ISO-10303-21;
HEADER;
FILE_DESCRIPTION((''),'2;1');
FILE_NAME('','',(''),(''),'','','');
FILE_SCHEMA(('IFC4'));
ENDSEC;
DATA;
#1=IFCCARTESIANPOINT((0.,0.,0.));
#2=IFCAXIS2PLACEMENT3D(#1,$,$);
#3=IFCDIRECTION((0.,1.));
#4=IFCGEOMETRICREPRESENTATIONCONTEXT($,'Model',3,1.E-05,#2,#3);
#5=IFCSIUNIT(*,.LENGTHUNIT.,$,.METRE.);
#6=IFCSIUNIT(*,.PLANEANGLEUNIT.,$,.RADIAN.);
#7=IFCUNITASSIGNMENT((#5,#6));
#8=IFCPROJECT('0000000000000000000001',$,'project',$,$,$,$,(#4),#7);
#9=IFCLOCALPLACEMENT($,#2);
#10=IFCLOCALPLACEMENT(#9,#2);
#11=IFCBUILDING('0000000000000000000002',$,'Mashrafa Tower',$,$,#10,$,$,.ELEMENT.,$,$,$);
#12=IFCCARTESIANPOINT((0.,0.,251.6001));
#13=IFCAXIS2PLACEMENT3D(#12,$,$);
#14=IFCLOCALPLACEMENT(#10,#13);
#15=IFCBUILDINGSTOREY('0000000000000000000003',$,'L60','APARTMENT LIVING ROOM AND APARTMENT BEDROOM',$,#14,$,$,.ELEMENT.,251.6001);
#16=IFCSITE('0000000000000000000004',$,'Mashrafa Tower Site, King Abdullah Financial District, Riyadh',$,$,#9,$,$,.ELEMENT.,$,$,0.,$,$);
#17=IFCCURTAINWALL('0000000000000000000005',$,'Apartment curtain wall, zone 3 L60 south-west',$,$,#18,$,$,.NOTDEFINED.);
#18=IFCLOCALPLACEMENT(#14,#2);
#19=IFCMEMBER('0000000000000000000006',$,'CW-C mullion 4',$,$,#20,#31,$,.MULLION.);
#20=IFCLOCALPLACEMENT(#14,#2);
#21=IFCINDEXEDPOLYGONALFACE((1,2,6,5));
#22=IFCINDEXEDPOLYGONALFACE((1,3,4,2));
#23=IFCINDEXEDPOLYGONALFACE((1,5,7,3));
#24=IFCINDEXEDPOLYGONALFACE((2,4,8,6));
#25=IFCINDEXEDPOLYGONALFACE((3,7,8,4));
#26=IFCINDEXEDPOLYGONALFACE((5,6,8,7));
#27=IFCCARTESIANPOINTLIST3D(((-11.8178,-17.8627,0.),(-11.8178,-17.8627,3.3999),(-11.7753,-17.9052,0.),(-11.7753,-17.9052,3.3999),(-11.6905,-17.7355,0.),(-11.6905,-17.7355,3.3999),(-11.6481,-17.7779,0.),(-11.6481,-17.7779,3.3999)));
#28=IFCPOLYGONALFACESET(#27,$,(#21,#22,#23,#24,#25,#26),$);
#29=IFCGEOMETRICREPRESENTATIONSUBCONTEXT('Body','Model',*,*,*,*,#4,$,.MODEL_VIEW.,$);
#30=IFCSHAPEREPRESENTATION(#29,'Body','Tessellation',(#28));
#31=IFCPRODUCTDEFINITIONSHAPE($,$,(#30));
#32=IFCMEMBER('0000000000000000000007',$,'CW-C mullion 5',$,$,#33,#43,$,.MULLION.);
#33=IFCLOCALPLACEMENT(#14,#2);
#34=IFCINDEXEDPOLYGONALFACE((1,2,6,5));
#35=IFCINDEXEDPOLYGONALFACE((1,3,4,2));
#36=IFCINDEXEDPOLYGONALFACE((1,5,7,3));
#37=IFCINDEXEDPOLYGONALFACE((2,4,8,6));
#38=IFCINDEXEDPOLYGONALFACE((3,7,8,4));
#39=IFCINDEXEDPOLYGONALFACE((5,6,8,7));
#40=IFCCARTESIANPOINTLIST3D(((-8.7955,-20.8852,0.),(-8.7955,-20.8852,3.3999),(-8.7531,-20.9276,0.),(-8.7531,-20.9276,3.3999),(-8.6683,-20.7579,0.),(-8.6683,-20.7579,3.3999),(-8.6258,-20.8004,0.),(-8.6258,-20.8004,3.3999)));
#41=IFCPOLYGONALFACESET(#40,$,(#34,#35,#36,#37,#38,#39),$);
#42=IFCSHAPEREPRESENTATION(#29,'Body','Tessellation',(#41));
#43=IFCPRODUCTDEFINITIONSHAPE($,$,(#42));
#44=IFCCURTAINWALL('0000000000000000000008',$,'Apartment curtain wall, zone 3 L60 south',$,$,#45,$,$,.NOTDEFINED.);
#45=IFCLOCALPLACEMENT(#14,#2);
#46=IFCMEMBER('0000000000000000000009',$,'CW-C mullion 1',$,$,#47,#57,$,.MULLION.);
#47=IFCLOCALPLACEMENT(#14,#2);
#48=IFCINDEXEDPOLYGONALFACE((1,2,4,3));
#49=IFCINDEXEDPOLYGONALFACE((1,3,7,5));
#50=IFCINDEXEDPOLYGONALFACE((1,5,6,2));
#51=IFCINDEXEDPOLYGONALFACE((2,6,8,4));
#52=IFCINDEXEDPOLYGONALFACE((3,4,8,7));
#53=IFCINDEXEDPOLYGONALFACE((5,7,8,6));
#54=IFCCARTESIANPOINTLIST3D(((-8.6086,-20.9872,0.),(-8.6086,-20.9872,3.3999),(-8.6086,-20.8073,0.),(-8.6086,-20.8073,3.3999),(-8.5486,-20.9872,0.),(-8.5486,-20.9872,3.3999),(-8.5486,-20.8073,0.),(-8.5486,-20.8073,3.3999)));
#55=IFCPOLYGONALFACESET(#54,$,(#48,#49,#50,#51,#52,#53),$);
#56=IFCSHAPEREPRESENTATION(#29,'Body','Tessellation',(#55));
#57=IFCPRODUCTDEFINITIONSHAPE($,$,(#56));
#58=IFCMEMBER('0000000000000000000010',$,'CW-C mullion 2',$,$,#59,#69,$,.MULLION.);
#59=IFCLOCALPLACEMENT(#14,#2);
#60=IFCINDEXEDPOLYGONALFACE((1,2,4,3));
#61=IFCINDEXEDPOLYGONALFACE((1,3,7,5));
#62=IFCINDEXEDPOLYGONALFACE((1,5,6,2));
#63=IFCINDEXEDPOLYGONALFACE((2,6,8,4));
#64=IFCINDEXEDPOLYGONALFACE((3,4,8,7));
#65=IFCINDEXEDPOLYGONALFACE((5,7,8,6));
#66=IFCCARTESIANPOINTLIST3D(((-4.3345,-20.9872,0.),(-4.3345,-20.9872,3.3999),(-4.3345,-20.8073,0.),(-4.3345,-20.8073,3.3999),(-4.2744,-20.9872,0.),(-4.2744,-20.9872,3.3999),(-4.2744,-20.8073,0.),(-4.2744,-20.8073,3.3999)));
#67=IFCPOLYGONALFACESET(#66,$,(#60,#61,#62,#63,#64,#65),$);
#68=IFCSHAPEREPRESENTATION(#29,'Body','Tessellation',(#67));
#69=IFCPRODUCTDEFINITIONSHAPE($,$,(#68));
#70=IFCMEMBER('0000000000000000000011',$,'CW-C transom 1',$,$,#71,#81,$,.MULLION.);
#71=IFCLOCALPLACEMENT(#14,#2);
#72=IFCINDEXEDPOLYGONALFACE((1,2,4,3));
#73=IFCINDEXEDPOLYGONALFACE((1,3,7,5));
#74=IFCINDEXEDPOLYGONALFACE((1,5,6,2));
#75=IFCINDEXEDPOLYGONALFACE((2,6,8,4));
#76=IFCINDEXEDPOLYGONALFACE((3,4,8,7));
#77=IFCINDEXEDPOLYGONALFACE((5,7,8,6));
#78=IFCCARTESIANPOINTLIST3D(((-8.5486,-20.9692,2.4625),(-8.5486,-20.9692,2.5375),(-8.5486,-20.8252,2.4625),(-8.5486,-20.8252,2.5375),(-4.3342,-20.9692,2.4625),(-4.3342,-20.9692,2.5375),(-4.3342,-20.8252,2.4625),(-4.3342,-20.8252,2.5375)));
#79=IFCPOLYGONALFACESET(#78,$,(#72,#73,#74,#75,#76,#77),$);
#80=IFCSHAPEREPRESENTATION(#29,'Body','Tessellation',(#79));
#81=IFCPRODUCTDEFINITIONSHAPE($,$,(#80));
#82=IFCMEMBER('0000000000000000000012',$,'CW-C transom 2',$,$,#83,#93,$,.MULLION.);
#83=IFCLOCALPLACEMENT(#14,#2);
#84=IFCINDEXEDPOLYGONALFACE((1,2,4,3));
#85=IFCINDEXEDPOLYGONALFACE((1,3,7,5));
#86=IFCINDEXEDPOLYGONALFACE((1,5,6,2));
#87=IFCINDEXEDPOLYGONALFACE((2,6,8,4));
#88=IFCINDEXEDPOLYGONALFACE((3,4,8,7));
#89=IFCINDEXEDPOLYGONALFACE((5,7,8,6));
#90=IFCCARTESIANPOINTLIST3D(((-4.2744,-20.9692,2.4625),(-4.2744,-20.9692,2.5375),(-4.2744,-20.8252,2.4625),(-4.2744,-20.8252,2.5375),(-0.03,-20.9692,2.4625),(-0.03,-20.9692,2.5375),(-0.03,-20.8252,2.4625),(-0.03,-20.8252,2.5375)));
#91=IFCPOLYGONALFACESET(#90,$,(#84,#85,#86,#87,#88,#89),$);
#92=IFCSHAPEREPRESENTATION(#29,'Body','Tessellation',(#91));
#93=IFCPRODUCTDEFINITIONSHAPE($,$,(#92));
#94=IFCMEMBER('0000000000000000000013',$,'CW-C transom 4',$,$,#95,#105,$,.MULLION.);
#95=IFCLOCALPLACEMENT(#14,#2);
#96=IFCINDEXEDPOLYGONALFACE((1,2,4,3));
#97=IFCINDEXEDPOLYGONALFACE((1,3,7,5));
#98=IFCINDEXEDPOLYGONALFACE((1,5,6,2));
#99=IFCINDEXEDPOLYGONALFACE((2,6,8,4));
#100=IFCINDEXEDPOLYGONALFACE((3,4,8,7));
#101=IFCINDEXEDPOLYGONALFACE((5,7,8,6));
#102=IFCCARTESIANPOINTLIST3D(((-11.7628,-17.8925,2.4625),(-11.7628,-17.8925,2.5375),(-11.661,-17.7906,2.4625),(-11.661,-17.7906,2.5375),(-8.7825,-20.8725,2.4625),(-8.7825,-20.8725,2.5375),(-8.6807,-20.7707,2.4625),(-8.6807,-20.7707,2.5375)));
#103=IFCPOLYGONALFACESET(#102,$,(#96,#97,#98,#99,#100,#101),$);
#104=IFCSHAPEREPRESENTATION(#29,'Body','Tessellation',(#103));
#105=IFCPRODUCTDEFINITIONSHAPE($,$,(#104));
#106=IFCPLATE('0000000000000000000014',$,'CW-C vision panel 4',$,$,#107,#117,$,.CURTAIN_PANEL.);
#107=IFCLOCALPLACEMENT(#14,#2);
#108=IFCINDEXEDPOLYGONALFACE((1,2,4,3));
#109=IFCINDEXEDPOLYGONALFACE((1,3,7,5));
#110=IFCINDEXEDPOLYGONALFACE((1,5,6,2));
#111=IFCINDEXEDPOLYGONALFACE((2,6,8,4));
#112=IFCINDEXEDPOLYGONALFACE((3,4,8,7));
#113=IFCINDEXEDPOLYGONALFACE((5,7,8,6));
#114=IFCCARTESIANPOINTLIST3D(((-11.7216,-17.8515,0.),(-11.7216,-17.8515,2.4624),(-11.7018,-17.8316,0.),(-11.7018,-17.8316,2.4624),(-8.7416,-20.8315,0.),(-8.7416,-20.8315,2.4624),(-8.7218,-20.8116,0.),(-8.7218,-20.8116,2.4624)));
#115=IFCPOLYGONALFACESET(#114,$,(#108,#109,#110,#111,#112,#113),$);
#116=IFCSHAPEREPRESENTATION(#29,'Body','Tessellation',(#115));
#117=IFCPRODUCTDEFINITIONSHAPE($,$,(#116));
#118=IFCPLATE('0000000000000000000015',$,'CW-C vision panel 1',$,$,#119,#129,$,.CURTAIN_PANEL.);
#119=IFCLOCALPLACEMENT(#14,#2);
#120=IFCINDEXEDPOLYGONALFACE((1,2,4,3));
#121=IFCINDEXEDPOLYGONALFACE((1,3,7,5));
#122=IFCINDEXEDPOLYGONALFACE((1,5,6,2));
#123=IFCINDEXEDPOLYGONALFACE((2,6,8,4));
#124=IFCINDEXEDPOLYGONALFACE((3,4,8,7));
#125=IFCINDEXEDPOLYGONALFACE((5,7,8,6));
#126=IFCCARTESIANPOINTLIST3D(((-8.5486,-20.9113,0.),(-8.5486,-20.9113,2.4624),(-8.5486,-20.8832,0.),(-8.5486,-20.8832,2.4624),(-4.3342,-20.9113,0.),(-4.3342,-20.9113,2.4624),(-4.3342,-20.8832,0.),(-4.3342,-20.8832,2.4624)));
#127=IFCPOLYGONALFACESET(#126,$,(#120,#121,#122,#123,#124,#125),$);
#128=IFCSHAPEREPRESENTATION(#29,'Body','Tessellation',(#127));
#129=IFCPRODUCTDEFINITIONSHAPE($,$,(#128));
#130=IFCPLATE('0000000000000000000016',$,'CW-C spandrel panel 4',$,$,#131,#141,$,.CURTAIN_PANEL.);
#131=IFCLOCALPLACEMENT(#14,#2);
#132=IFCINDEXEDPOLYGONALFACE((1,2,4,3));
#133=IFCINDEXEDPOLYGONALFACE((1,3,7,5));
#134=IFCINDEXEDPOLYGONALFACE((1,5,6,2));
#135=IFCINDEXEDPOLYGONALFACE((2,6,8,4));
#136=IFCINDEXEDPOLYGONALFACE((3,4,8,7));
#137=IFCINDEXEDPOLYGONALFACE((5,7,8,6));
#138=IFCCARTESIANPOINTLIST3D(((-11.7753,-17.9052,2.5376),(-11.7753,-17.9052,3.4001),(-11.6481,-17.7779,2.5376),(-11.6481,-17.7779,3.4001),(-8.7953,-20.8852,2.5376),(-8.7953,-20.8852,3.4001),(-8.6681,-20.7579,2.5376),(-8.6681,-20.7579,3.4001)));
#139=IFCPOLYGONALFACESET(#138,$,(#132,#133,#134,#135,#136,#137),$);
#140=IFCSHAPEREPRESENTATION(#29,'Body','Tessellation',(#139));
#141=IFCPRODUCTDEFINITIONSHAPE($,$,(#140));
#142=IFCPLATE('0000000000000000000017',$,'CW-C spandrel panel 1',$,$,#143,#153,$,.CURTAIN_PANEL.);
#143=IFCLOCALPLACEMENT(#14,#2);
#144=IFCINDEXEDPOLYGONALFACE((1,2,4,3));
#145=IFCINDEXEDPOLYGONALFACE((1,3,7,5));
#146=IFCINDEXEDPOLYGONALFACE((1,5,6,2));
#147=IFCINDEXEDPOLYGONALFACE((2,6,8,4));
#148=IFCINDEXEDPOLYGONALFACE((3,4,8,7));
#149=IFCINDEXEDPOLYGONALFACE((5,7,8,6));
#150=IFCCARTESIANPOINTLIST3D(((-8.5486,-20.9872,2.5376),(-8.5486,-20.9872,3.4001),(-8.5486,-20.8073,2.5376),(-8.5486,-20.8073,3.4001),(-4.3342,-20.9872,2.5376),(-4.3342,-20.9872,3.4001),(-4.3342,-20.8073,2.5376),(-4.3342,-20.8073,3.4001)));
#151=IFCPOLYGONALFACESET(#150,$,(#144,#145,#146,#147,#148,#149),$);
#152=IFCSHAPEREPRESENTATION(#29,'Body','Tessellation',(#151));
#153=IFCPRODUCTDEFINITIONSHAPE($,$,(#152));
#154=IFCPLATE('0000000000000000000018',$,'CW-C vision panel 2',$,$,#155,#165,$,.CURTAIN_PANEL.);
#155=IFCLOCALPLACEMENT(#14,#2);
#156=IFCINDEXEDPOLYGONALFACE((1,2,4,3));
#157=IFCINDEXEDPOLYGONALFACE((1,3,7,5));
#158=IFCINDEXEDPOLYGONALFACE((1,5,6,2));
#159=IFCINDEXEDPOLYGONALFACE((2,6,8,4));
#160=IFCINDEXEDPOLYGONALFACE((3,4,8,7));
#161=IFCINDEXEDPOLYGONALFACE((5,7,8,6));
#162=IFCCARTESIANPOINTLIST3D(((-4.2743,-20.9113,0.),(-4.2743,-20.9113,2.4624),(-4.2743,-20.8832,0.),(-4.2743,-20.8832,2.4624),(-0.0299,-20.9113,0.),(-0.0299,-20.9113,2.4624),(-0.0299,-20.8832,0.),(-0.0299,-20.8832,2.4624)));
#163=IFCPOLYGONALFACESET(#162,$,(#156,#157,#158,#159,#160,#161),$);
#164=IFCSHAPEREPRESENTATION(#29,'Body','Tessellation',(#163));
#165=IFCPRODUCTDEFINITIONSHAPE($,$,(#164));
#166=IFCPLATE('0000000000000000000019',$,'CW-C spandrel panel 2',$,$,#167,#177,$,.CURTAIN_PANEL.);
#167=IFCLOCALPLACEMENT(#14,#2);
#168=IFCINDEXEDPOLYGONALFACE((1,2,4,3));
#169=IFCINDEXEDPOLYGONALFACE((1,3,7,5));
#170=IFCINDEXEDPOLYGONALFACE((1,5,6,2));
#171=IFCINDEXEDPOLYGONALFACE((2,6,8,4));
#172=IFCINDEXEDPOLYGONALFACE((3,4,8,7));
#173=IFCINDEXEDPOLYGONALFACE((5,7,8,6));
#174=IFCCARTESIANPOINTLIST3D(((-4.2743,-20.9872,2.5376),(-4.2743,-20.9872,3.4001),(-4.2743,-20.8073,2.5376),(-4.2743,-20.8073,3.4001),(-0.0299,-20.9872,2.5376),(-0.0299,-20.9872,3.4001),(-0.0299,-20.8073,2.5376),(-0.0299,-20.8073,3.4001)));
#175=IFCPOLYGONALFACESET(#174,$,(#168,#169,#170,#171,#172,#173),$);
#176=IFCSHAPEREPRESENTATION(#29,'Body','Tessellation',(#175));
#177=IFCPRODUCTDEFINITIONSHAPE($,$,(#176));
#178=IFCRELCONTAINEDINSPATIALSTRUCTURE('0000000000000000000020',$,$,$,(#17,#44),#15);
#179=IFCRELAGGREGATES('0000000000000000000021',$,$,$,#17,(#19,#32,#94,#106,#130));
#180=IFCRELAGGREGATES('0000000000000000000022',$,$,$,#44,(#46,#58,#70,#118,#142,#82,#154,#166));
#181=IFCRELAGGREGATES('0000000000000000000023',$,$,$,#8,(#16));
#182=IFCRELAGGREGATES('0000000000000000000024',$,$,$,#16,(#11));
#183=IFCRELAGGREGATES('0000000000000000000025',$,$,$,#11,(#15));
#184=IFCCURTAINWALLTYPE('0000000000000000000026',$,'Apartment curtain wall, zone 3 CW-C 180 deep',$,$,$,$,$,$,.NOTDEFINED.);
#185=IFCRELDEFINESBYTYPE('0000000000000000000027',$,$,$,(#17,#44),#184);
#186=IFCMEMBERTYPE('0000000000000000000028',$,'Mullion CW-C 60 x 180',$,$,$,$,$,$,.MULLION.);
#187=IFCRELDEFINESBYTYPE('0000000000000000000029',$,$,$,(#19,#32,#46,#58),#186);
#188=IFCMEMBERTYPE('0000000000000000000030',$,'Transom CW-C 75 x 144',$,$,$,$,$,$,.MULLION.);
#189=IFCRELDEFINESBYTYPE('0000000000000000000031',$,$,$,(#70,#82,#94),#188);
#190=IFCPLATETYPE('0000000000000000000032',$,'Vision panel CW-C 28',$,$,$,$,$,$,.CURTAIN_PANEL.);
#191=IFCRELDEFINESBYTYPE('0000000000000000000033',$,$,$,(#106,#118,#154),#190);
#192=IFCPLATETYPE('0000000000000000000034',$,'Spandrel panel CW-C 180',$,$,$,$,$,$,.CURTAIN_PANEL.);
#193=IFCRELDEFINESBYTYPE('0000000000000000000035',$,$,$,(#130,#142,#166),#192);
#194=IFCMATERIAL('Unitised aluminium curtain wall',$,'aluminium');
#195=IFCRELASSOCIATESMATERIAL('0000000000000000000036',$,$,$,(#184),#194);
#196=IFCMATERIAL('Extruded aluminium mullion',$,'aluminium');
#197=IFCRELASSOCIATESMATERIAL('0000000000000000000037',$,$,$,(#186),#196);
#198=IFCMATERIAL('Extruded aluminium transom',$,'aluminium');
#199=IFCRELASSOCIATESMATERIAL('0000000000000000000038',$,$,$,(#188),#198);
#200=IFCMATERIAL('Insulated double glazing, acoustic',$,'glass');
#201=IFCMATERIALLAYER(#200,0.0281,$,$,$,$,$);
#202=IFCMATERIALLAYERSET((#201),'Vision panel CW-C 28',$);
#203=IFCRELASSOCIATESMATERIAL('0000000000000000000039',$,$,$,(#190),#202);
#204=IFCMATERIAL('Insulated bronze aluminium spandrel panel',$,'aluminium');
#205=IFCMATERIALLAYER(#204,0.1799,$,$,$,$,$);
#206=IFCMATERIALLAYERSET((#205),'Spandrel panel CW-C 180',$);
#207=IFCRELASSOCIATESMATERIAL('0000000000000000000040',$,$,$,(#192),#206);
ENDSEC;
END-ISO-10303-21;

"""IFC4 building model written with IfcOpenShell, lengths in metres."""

from ifc_helpers import new_model, si_unit, direction, frame, origin, origin_2d, place, context, subcontext, project, spatial, rectangle, extrude, source, transform, mapped, material, layer, layer_set, material_profile, profile_set, type_object, type_shapes, element, aggregate, save


model = new_model("IFC4")

# Units and contexts
model_context = context("Model", 3, precision=1e-05, world=origin(), true_north=direction((0.0, 1.0)))
body_context = subcontext(model_context, "Body", "Model", "MODEL_VIEW")
ifc_project = project(units=[si_unit("LENGTHUNIT", "METRE"), si_unit("PLANEANGLEUNIT", "RADIAN")], contexts=[model_context])

# Site, building, storey
site_placement = place(None, origin())
site = spatial("IfcSite", under=ifc_project, at=site_placement, Name="Mashrafa Tower Site, King Abdullah Financial District, Riyadh", CompositionType="ELEMENT", RefElevation=0.0)
building_placement = place(site_placement, origin())
building = spatial("IfcBuilding", under=site, at=building_placement, Name="Mashrafa Tower", CompositionType="ELEMENT")
storey_placement = place(building_placement, frame((0.0, 0.0, 251.6001)))
storey = spatial("IfcBuildingStorey", under=building, at=storey_placement, Name="L60", Description="APARTMENT LIVING ROOM AND APARTMENT BEDROOM", CompositionType="ELEMENT", Elevation=251.6001)

# Curtain walls, members
ifc_material_1 = material(Name="Unitised aluminium curtain wall", Category="aluminium")
curtain_wall_type = type_object("IfcCurtainWallType", Name="Apartment curtain wall, zone 3 CW-C 180 deep", PredefinedType="NOTDEFINED", material=ifc_material_1)
curtain_wall_1_placement = place(storey_placement, origin())
curtain_wall_1 = element("IfcCurtainWall", 1, at=curtain_wall_1_placement, inside=storey, type_object=curtain_wall_type, Name="Apartment curtain wall, zone 3 L60 south-west", PredefinedType="NOTDEFINED")
ifc_material_2 = material(Name="Extruded aluminium mullion", Category="aluminium")
ifc_material_profile_1 = material_profile(ifc_material_2, rectangle(XDim=0.1799, YDim=0.0601, at=origin_2d()), Name="Mullion 60x180")
ifc_profile_set_1 = profile_set([ifc_material_profile_1], Name="Extruded aluminium mullion")
member_type_1 = type_object("IfcMemberType", Name="Mullion CW-C 60 x 180", PredefinedType="MULLION", material=ifc_profile_set_1)
shared_shape_1 = source(origin(), body_context, "Body", "SweptSolid", [
    extrude(rectangle(XDim=0.1799, YDim=0.0601, at=origin_2d()), origin(), (0.0, 0.0, 1.0), 3.3999),
])
type_shapes(member_type_1, [shared_shape_1])
member_1_placement = place(storey_placement, frame((-11.7329, -17.8203, 0.0), z_axis=(0.0, 0.0, 1.0), x_axis=(0.707107, 0.707107, 0.0)))
member_1 = element("IfcMember", 2, at=member_1_placement, type_object=member_type_1, Name="CW-C mullion 4", PredefinedType="MULLION", context=body_context, shape_type="MappedRepresentation", body=[
    mapped(shared_shape_1, transform((0.0, 0.0, 0.0))),
])
member_2_placement = place(storey_placement, frame((-8.7107, -20.8428, 0.0), z_axis=(0.0, 0.0, 1.0), x_axis=(0.707107, 0.707107, 0.0)))
member_2 = element("IfcMember", 3, at=member_2_placement, type_object=member_type_1, Name="CW-C mullion 5", PredefinedType="MULLION", context=body_context, shape_type="MappedRepresentation", body=[
    mapped(shared_shape_1, transform((0.0, 0.0, 0.0))),
])
curtain_wall_2_placement = place(storey_placement, origin())
curtain_wall_2 = element("IfcCurtainWall", 4, at=curtain_wall_2_placement, inside=storey, type_object=curtain_wall_type, Name="Apartment curtain wall, zone 3 L60 south", PredefinedType="NOTDEFINED")
member_3_placement = place(storey_placement, frame((-8.5786, -20.8972, 0.0), z_axis=(0.0, 0.0, 1.0), x_axis=(0.0, 1.0, 0.0)))
member_3 = element("IfcMember", 5, at=member_3_placement, type_object=member_type_1, Name="CW-C mullion 1", PredefinedType="MULLION", context=body_context, shape_type="MappedRepresentation", body=[
    mapped(shared_shape_1, transform((0.0, 0.0, 0.0))),
])
member_4_placement = place(storey_placement, frame((-4.3044, -20.8972, 0.0), z_axis=(0.0, 0.0, 1.0), x_axis=(0.0, 1.0, 0.0)))
member_4 = element("IfcMember", 6, at=member_4_placement, type_object=member_type_1, Name="CW-C mullion 2", PredefinedType="MULLION", context=body_context, shape_type="MappedRepresentation", body=[
    mapped(shared_shape_1, transform((0.0, 0.0, 0.0))),
])
ifc_material_3 = material(Name="Extruded aluminium transom", Category="aluminium")
ifc_material_profile_2 = material_profile(ifc_material_3, rectangle(XDim=0.144, YDim=0.075, at=origin_2d()), Name="Transom 75x144")
ifc_profile_set_2 = profile_set([ifc_material_profile_2], Name="Extruded aluminium transom")
member_type_2 = type_object("IfcMemberType", Name="Transom CW-C 75 x 144", PredefinedType="MULLION", material=ifc_profile_set_2)
shared_shape_2 = source(origin(), body_context, "Body", "SweptSolid", [
    extrude(rectangle(XDim=0.144, YDim=0.075, at=origin_2d()), origin(), (0.0, 0.0, 1.0), 4.2144),
])
member_5_placement = place(storey_placement, frame((-8.5486, -20.8972, 2.5), z_axis=(1.0, 0.0, 0.0), x_axis=(0.0, 1.0, 0.0)))
member_5 = element("IfcMember", 7, at=member_5_placement, type_object=member_type_2, Name="CW-C transom 1", PredefinedType="MULLION", context=body_context, shape_type="MappedRepresentation", body=[
    mapped(shared_shape_2, transform((0.0, 0.0, 0.0))),
])
shared_shape_3 = source(origin(), body_context, "Body", "SweptSolid", [
    extrude(rectangle(XDim=0.144, YDim=0.075, at=origin_2d()), origin(), (0.0, 0.0, 1.0), 4.2444),
])
member_6_placement = place(storey_placement, frame((-4.2744, -20.8972, 2.5), z_axis=(1.0, 0.0, 0.0), x_axis=(0.0, 1.0, 0.0)))
member_6 = element("IfcMember", 8, at=member_6_placement, type_object=member_type_2, Name="CW-C transom 2", PredefinedType="MULLION", context=body_context, shape_type="MappedRepresentation", body=[
    mapped(shared_shape_3, transform((0.0, 0.0, 0.0))),
])

# Member
shared_shape_4 = source(origin(), body_context, "Body", "SweptSolid", [
    extrude(rectangle(XDim=0.144, YDim=0.075, at=origin_2d()), origin(), (0.0, 0.0, 1.0), 4.2146),
])
type_shapes(member_type_2, [shared_shape_2, shared_shape_3, shared_shape_4])
member_7_placement = place(storey_placement, frame((-11.7119, -17.8416, 2.5), z_axis=(0.707136, -0.707078, 0.0), x_axis=(0.707078, 0.707136, 0.0)))
member_7 = element("IfcMember", 9, at=member_7_placement, type_object=member_type_2, Name="CW-C transom 4", PredefinedType="MULLION", context=body_context, shape_type="MappedRepresentation", body=[
    mapped(shared_shape_4, transform((0.0, 0.0, 0.0))),
])

# Plates
ifc_material_4 = material(Name="Insulated double glazing, acoustic", Category="glass")
ifc_layer_1 = layer(ifc_material_4, 0.0281)
ifc_layer_set_1 = layer_set([ifc_layer_1], Name="Vision panel CW-C 28")
plate_type_1 = type_object("IfcPlateType", Name="Vision panel CW-C 28", PredefinedType="CURTAIN_PANEL", material=ifc_layer_set_1)
shared_shape_5 = source(origin(), body_context, "Body", "SweptSolid", [
    extrude(rectangle(XDim=4.2144, YDim=0.0281, at=origin_2d()), origin(), (0.0, 0.0, 1.0), 2.4624),
])
plate_1_placement = place(storey_placement, frame((-10.2217, -19.3315, 0.0), z_axis=(0.0, 0.0, 1.0), x_axis=(0.707107, -0.707107, 0.0)))
plate_1 = element("IfcPlate", 10, at=plate_1_placement, type_object=plate_type_1, Name="CW-C vision panel 4", PredefinedType="CURTAIN_PANEL", context=body_context, shape_type="MappedRepresentation", body=[
    mapped(shared_shape_5, transform((0.0, 0.0, 0.0))),
])
plate_2_placement = place(storey_placement, frame((-6.4414, -20.8972, 0.0), z_axis=(0.0, 0.0, 1.0), x_axis=(1.0, 0.0, 0.0)))
plate_2 = element("IfcPlate", 11, at=plate_2_placement, type_object=plate_type_1, Name="CW-C vision panel 1", PredefinedType="CURTAIN_PANEL", context=body_context, shape_type="MappedRepresentation", body=[
    mapped(shared_shape_5, transform((0.0, 0.0, 0.0))),
])
ifc_material_5 = material(Name="Insulated bronze aluminium spandrel panel", Category="aluminium")
ifc_layer_2 = layer(ifc_material_5, 0.1799)
ifc_layer_set_2 = layer_set([ifc_layer_2], Name="Spandrel panel CW-C 180")
plate_type_2 = type_object("IfcPlateType", Name="Spandrel panel CW-C 180", PredefinedType="CURTAIN_PANEL", material=ifc_layer_set_2)
shared_shape_6 = source(origin(), body_context, "Body", "SweptSolid", [
    extrude(rectangle(XDim=4.2144, YDim=0.1799, at=origin_2d()), origin(), (0.0, 0.0, 1.0), 0.8625),
])
plate_3_placement = place(storey_placement, frame((-10.2217, -19.3315, 2.5376), z_axis=(0.0, 0.0, 1.0), x_axis=(0.707107, -0.707107, 0.0)))
plate_3 = element("IfcPlate", 12, at=plate_3_placement, type_object=plate_type_2, Name="CW-C spandrel panel 4", PredefinedType="CURTAIN_PANEL", context=body_context, shape_type="MappedRepresentation", body=[
    mapped(shared_shape_6, transform((0.0, 0.0, 0.0))),
])
aggregate(curtain_wall_1, [member_1, member_2, member_7, plate_1, plate_3])
plate_4_placement = place(storey_placement, frame((-6.4414, -20.8972, 2.5376), z_axis=(0.0, 0.0, 1.0), x_axis=(1.0, 0.0, 0.0)))
plate_4 = element("IfcPlate", 13, at=plate_4_placement, type_object=plate_type_2, Name="CW-C spandrel panel 1", PredefinedType="CURTAIN_PANEL", context=body_context, shape_type="MappedRepresentation", body=[
    mapped(shared_shape_6, transform((0.0, 0.0, 0.0))),
])
shared_shape_7 = source(origin(), body_context, "Body", "SweptSolid", [
    extrude(rectangle(XDim=4.2444, YDim=0.0281, at=origin_2d()), origin(), (0.0, 0.0, 1.0), 2.4624),
])
type_shapes(plate_type_1, [shared_shape_5, shared_shape_7])
plate_5_placement = place(storey_placement, frame((-2.1521, -20.8972, 0.0), z_axis=(0.0, 0.0, 1.0), x_axis=(1.0, 0.0, 0.0)))
plate_5 = element("IfcPlate", 14, at=plate_5_placement, type_object=plate_type_1, Name="CW-C vision panel 2", PredefinedType="CURTAIN_PANEL", context=body_context, shape_type="MappedRepresentation", body=[
    mapped(shared_shape_7, transform((0.0, 0.0, 0.0))),
])
shared_shape_8 = source(origin(), body_context, "Body", "SweptSolid", [
    extrude(rectangle(XDim=4.2444, YDim=0.1799, at=origin_2d()), origin(), (0.0, 0.0, 1.0), 0.8625),
])
type_shapes(plate_type_2, [shared_shape_6, shared_shape_8])
plate_6_placement = place(storey_placement, frame((-2.1521, -20.8972, 2.5376), z_axis=(0.0, 0.0, 1.0), x_axis=(1.0, 0.0, 0.0)))
plate_6 = element("IfcPlate", 15, at=plate_6_placement, type_object=plate_type_2, Name="CW-C spandrel panel 2", PredefinedType="CURTAIN_PANEL", context=body_context, shape_type="MappedRepresentation", body=[
    mapped(shared_shape_8, transform((0.0, 0.0, 0.0))),
])
aggregate(curtain_wall_2, [member_3, member_4, member_5, plate_2, plate_4, member_6, plate_5, plate_6])

save(model, "model.ifc")
